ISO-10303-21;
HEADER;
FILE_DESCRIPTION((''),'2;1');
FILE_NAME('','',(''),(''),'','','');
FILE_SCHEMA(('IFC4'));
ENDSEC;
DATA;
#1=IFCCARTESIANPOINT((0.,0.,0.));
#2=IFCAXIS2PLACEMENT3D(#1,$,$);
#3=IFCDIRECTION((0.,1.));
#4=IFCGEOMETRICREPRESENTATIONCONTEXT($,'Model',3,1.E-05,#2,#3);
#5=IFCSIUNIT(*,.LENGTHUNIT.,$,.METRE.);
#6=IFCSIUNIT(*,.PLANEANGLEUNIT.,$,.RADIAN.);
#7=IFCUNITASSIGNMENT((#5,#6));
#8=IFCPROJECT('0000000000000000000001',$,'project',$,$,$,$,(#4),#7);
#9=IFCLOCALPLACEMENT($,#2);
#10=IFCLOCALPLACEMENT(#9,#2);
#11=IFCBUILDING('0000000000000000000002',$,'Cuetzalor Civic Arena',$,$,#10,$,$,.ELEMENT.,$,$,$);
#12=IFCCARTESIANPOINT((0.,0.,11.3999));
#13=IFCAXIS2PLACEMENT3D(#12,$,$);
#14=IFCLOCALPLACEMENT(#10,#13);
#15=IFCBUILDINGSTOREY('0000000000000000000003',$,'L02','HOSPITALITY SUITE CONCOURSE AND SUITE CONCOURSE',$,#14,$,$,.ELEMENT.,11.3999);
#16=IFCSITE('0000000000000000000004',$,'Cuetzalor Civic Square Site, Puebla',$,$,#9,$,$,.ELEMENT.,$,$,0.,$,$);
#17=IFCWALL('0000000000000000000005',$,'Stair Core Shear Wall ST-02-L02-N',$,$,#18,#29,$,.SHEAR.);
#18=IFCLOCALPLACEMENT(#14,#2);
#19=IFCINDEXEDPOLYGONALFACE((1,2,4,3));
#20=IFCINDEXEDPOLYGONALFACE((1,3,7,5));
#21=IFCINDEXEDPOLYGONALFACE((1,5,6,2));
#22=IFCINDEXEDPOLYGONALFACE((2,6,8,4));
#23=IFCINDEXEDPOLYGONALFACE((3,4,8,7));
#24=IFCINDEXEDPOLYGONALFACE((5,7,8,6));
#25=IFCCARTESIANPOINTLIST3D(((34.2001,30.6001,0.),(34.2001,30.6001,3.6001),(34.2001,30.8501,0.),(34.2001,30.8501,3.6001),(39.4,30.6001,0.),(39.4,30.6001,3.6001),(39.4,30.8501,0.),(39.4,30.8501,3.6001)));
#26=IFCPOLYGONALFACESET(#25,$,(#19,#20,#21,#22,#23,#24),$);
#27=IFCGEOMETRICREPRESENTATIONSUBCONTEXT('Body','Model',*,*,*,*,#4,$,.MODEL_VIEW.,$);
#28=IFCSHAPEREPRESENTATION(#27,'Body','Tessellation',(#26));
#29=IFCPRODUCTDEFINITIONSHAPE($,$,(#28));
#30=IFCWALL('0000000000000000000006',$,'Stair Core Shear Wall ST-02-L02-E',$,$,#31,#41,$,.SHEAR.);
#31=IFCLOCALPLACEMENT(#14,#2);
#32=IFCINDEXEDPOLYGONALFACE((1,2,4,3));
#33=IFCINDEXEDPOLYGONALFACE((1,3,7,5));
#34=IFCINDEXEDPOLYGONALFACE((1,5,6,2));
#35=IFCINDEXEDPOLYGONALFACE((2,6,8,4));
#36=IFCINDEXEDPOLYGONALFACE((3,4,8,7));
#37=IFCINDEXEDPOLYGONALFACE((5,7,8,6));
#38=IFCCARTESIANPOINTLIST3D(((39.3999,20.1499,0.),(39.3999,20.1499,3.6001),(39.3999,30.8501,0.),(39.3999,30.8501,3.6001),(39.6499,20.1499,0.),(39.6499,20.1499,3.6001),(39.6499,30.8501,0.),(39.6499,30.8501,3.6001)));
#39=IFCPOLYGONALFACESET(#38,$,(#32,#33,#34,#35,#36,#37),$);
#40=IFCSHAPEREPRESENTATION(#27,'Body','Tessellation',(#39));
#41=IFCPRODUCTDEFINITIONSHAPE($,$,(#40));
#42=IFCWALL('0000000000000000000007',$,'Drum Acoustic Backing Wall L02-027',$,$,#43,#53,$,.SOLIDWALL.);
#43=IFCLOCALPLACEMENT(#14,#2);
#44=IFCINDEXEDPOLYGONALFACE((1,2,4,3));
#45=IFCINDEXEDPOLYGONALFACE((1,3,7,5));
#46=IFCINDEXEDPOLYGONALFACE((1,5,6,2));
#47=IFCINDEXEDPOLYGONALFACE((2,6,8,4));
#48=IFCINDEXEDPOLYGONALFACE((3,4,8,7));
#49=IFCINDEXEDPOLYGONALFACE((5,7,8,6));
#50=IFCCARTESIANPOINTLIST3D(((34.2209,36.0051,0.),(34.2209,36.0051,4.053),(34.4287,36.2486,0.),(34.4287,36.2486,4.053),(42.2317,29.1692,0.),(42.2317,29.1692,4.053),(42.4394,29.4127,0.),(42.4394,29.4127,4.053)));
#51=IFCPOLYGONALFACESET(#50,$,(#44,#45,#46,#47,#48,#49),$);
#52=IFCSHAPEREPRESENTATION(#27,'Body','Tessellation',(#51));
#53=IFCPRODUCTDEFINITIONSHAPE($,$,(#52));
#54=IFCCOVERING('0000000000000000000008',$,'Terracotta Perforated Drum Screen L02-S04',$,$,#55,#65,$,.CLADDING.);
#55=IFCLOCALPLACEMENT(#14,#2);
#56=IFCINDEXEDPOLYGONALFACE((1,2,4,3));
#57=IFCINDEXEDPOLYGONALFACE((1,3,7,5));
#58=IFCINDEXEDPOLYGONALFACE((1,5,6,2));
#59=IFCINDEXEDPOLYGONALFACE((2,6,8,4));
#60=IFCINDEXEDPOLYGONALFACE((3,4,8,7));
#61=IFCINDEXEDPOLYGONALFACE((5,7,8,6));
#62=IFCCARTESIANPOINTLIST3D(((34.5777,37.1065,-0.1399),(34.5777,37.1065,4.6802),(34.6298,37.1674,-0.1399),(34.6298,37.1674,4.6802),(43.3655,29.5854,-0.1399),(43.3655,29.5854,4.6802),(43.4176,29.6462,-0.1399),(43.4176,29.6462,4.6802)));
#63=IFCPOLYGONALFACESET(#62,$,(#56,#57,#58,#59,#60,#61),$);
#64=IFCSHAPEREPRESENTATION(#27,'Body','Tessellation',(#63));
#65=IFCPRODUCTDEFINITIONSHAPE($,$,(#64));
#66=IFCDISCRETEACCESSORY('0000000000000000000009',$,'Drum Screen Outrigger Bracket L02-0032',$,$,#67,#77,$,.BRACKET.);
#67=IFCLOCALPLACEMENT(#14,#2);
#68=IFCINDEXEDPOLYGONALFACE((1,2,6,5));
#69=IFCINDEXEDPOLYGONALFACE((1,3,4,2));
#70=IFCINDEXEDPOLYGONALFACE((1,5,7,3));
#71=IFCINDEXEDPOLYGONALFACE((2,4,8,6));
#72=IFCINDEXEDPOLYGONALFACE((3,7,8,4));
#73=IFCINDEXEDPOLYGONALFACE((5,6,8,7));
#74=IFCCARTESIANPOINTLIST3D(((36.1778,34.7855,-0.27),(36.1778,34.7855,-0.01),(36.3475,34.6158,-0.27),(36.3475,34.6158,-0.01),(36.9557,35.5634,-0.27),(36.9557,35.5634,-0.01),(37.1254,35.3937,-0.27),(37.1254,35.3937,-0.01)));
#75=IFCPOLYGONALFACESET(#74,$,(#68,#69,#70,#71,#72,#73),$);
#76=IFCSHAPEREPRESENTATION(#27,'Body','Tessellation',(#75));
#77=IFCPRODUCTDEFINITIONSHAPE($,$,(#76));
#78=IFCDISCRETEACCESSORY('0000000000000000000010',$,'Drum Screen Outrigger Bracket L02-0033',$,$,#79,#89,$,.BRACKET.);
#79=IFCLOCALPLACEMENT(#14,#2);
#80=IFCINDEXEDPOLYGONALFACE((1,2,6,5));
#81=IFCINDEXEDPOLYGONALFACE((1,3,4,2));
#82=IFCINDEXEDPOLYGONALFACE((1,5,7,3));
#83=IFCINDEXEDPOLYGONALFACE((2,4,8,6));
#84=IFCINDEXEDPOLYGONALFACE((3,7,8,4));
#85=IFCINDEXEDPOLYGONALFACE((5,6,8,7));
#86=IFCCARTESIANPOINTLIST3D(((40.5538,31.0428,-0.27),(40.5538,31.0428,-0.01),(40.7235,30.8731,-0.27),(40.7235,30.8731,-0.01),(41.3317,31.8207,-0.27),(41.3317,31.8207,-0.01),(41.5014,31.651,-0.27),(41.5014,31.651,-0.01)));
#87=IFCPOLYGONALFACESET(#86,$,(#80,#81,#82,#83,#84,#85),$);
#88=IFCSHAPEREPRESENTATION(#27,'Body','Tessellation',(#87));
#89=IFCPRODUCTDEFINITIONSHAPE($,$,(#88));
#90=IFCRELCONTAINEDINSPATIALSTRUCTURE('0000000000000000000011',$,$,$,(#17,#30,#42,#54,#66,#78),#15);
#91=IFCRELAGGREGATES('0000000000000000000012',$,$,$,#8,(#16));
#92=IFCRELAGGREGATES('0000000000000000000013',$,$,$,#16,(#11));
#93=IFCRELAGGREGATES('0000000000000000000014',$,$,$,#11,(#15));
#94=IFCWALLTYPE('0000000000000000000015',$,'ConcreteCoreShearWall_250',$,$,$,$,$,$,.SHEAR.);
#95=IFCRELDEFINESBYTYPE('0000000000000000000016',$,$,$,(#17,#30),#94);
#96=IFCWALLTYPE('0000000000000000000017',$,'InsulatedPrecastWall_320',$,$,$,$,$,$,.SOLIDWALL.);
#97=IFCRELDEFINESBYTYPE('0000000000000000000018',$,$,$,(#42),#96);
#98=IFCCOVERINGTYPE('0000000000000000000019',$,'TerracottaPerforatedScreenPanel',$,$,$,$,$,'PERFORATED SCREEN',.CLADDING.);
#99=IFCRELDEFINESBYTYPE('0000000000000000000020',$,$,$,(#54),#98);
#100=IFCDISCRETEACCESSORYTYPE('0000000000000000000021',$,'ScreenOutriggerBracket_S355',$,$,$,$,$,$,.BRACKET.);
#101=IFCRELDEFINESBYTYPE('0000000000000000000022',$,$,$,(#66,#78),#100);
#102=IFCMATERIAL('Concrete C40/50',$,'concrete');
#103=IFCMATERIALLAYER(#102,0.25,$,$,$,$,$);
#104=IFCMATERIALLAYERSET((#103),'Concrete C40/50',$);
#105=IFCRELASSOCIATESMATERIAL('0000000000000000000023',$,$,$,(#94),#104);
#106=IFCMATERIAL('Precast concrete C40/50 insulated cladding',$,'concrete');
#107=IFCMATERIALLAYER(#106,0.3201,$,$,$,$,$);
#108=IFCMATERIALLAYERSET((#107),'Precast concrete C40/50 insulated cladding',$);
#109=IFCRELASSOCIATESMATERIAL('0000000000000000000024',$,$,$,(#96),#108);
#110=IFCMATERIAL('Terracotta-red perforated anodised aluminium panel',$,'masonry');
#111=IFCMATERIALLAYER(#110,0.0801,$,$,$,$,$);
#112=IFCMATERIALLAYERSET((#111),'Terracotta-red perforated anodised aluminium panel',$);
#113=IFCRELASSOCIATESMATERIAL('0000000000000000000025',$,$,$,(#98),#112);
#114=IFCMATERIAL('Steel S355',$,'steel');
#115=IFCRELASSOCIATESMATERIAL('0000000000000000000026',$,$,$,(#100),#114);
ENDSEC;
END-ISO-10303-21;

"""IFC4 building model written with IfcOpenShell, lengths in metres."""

from ifc_helpers import new_model, si_unit, direction, frame, frame_2d, origin, origin_2d, place, context, subcontext, project, spatial, rectangle, extrude, material, layer, layer_set, type_object, element, save


model = new_model("IFC4")

# Units and contexts
model_context = context("Model", 3, precision=1e-05, world=origin(), true_north=direction((0.0, 1.0)))
body_context = subcontext(model_context, "Body", "Model", "MODEL_VIEW")
ifc_project = project(units=[si_unit("LENGTHUNIT", "METRE"), si_unit("PLANEANGLEUNIT", "RADIAN")], contexts=[model_context])

# Site, building, storey
site_placement = place(None, origin())
site = spatial("IfcSite", under=ifc_project, at=site_placement, Name="Cuetzalor Civic Square Site, Puebla", CompositionType="ELEMENT", RefElevation=0.0)
building_placement = place(site_placement, origin())
building = spatial("IfcBuilding", under=site, at=building_placement, Name="Cuetzalor Civic Arena", CompositionType="ELEMENT")
storey_placement = place(building_placement, frame((0.0, 0.0, 11.3999)))
storey = spatial("IfcBuildingStorey", under=building, at=storey_placement, Name="L02", Description="HOSPITALITY SUITE CONCOURSE AND SUITE CONCOURSE", CompositionType="ELEMENT", Elevation=11.3999)

# Walls
ifc_material_1 = material(Name="Concrete C40/50", Category="concrete")
ifc_layer_1 = layer(ifc_material_1, 0.25)
ifc_layer_set_1 = layer_set([ifc_layer_1], Name="Concrete C40/50")
wall_type_1 = type_object("IfcWallType", Name="ConcreteCoreShearWall_250", PredefinedType="SHEAR", material=ifc_layer_set_1)
wall_1_placement = place(storey_placement, frame((34.2, 30.7251, 0.0), z_axis=(0.0, 0.0, 1.0), x_axis=(1.0, 0.0, 0.0)))
element("IfcWall", 1, at=wall_1_placement, inside=storey, type_object=wall_type_1, Name="Stair Core Shear Wall ST-02-L02-N", PredefinedType="SHEAR", context=body_context, shape_type="SweptSolid", body=[
    extrude(rectangle(XDim=5.2, YDim=0.25, at=frame_2d((2.6001, 0.0))), origin(), (0.0, 0.0, 1.0), 3.6001),
])
wall_2_placement = place(storey_placement, frame((39.5249, 30.8501, 0.0), z_axis=(0.0, 0.0, 1.0), x_axis=(0.0, -1.0, 0.0)))
element("IfcWall", 2, at=wall_2_placement, inside=storey, type_object=wall_type_1, Name="Stair Core Shear Wall ST-02-L02-E", PredefinedType="SHEAR", context=body_context, shape_type="SweptSolid", body=[
    extrude(rectangle(XDim=10.7002, YDim=0.25, at=frame_2d((5.3501, 0.0))), origin(), (0.0, 0.0, 1.0), 3.6001),
])
ifc_material_2 = material(Name="Precast concrete C40/50 insulated cladding", Category="concrete")
ifc_layer_2 = layer(ifc_material_2, 0.3201)
ifc_layer_set_2 = layer_set([ifc_layer_2], Name="Precast concrete C40/50 insulated cladding")
wall_type_2 = type_object("IfcWallType", Name="InsulatedPrecastWall_320", PredefinedType="SOLIDWALL", material=ifc_layer_set_2)
wall_3_placement = place(storey_placement, frame((34.3247, 36.127, 0.0), z_axis=(0.0, 0.0, 1.0), x_axis=(0.760682, -0.649125, 0.0)))
element("IfcWall", 3, at=wall_3_placement, inside=storey, type_object=wall_type_2, Name="Drum Acoustic Backing Wall L02-027", PredefinedType="SOLIDWALL", context=body_context, shape_type="SweptSolid", body=[
    extrude(rectangle(XDim=10.531, YDim=0.3201, at=frame_2d((5.2656, 0.0))), origin(), (0.0, 0.0, 1.0), 4.053),
])

# Covering
ifc_material_3 = material(Name="Terracotta-red perforated anodised aluminium panel", Category="masonry")
ifc_layer_3 = layer(ifc_material_3, 0.0801)
ifc_layer_set_3 = layer_set([ifc_layer_3], Name="Terracotta-red perforated anodised aluminium panel")
covering_type = type_object("IfcCoveringType", Name="TerracottaPerforatedScreenPanel", ElementType="PERFORATED SCREEN", PredefinedType="CLADDING", material=ifc_layer_set_3)
covering_placement = place(storey_placement, frame((34.6038, 37.137, -0.1399), z_axis=(0.0, 0.0, 1.0), x_axis=(0.759735, -0.650233, 0.0)))
element("IfcCovering", 4, at=covering_placement, inside=storey, type_object=covering_type, Name="Terracotta Perforated Drum Screen L02-S04", PredefinedType="CLADDING", context=body_context, shape_type="SweptSolid", body=[
    extrude(rectangle(XDim=11.5669, YDim=0.0801, at=frame_2d((5.7834, 0.0))), origin(), (0.0, 0.0, 1.0), 4.8201),
])

# Discrete accessories
ifc_material_4 = material(Name="Steel S355", Category="steel")
discrete_accessory_type = type_object("IfcDiscreteAccessoryType", Name="ScreenOutriggerBracket_S355", PredefinedType="BRACKET", material=ifc_material_4)
for number, where, z_axis, x_axis, name in (
    (5, (36.6516, 35.0896, -0.27), (0.0, 0.0, 1.0), (0.707107, 0.707107, 0.0), "Drum Screen Outrigger Bracket L02-0032"),
    (6, (41.0276, 31.3469, -0.27), (0.0, 0.0, 1.0), (0.707107, 0.707107, 0.0), "Drum Screen Outrigger Bracket L02-0033"),
):
    element("IfcDiscreteAccessory", number, at=place(storey_placement, frame(where, z_axis=z_axis, x_axis=x_axis)), inside=storey, type_object=discrete_accessory_type, Name=name, PredefinedType="BRACKET", context=body_context, shape_type="SweptSolid", body=[
        extrude(rectangle(XDim=1.1001, YDim=0.24, at=origin_2d()), origin(), (0.0, 0.0, 1.0), 0.26),
    ])

save(model, "model.ifc")
